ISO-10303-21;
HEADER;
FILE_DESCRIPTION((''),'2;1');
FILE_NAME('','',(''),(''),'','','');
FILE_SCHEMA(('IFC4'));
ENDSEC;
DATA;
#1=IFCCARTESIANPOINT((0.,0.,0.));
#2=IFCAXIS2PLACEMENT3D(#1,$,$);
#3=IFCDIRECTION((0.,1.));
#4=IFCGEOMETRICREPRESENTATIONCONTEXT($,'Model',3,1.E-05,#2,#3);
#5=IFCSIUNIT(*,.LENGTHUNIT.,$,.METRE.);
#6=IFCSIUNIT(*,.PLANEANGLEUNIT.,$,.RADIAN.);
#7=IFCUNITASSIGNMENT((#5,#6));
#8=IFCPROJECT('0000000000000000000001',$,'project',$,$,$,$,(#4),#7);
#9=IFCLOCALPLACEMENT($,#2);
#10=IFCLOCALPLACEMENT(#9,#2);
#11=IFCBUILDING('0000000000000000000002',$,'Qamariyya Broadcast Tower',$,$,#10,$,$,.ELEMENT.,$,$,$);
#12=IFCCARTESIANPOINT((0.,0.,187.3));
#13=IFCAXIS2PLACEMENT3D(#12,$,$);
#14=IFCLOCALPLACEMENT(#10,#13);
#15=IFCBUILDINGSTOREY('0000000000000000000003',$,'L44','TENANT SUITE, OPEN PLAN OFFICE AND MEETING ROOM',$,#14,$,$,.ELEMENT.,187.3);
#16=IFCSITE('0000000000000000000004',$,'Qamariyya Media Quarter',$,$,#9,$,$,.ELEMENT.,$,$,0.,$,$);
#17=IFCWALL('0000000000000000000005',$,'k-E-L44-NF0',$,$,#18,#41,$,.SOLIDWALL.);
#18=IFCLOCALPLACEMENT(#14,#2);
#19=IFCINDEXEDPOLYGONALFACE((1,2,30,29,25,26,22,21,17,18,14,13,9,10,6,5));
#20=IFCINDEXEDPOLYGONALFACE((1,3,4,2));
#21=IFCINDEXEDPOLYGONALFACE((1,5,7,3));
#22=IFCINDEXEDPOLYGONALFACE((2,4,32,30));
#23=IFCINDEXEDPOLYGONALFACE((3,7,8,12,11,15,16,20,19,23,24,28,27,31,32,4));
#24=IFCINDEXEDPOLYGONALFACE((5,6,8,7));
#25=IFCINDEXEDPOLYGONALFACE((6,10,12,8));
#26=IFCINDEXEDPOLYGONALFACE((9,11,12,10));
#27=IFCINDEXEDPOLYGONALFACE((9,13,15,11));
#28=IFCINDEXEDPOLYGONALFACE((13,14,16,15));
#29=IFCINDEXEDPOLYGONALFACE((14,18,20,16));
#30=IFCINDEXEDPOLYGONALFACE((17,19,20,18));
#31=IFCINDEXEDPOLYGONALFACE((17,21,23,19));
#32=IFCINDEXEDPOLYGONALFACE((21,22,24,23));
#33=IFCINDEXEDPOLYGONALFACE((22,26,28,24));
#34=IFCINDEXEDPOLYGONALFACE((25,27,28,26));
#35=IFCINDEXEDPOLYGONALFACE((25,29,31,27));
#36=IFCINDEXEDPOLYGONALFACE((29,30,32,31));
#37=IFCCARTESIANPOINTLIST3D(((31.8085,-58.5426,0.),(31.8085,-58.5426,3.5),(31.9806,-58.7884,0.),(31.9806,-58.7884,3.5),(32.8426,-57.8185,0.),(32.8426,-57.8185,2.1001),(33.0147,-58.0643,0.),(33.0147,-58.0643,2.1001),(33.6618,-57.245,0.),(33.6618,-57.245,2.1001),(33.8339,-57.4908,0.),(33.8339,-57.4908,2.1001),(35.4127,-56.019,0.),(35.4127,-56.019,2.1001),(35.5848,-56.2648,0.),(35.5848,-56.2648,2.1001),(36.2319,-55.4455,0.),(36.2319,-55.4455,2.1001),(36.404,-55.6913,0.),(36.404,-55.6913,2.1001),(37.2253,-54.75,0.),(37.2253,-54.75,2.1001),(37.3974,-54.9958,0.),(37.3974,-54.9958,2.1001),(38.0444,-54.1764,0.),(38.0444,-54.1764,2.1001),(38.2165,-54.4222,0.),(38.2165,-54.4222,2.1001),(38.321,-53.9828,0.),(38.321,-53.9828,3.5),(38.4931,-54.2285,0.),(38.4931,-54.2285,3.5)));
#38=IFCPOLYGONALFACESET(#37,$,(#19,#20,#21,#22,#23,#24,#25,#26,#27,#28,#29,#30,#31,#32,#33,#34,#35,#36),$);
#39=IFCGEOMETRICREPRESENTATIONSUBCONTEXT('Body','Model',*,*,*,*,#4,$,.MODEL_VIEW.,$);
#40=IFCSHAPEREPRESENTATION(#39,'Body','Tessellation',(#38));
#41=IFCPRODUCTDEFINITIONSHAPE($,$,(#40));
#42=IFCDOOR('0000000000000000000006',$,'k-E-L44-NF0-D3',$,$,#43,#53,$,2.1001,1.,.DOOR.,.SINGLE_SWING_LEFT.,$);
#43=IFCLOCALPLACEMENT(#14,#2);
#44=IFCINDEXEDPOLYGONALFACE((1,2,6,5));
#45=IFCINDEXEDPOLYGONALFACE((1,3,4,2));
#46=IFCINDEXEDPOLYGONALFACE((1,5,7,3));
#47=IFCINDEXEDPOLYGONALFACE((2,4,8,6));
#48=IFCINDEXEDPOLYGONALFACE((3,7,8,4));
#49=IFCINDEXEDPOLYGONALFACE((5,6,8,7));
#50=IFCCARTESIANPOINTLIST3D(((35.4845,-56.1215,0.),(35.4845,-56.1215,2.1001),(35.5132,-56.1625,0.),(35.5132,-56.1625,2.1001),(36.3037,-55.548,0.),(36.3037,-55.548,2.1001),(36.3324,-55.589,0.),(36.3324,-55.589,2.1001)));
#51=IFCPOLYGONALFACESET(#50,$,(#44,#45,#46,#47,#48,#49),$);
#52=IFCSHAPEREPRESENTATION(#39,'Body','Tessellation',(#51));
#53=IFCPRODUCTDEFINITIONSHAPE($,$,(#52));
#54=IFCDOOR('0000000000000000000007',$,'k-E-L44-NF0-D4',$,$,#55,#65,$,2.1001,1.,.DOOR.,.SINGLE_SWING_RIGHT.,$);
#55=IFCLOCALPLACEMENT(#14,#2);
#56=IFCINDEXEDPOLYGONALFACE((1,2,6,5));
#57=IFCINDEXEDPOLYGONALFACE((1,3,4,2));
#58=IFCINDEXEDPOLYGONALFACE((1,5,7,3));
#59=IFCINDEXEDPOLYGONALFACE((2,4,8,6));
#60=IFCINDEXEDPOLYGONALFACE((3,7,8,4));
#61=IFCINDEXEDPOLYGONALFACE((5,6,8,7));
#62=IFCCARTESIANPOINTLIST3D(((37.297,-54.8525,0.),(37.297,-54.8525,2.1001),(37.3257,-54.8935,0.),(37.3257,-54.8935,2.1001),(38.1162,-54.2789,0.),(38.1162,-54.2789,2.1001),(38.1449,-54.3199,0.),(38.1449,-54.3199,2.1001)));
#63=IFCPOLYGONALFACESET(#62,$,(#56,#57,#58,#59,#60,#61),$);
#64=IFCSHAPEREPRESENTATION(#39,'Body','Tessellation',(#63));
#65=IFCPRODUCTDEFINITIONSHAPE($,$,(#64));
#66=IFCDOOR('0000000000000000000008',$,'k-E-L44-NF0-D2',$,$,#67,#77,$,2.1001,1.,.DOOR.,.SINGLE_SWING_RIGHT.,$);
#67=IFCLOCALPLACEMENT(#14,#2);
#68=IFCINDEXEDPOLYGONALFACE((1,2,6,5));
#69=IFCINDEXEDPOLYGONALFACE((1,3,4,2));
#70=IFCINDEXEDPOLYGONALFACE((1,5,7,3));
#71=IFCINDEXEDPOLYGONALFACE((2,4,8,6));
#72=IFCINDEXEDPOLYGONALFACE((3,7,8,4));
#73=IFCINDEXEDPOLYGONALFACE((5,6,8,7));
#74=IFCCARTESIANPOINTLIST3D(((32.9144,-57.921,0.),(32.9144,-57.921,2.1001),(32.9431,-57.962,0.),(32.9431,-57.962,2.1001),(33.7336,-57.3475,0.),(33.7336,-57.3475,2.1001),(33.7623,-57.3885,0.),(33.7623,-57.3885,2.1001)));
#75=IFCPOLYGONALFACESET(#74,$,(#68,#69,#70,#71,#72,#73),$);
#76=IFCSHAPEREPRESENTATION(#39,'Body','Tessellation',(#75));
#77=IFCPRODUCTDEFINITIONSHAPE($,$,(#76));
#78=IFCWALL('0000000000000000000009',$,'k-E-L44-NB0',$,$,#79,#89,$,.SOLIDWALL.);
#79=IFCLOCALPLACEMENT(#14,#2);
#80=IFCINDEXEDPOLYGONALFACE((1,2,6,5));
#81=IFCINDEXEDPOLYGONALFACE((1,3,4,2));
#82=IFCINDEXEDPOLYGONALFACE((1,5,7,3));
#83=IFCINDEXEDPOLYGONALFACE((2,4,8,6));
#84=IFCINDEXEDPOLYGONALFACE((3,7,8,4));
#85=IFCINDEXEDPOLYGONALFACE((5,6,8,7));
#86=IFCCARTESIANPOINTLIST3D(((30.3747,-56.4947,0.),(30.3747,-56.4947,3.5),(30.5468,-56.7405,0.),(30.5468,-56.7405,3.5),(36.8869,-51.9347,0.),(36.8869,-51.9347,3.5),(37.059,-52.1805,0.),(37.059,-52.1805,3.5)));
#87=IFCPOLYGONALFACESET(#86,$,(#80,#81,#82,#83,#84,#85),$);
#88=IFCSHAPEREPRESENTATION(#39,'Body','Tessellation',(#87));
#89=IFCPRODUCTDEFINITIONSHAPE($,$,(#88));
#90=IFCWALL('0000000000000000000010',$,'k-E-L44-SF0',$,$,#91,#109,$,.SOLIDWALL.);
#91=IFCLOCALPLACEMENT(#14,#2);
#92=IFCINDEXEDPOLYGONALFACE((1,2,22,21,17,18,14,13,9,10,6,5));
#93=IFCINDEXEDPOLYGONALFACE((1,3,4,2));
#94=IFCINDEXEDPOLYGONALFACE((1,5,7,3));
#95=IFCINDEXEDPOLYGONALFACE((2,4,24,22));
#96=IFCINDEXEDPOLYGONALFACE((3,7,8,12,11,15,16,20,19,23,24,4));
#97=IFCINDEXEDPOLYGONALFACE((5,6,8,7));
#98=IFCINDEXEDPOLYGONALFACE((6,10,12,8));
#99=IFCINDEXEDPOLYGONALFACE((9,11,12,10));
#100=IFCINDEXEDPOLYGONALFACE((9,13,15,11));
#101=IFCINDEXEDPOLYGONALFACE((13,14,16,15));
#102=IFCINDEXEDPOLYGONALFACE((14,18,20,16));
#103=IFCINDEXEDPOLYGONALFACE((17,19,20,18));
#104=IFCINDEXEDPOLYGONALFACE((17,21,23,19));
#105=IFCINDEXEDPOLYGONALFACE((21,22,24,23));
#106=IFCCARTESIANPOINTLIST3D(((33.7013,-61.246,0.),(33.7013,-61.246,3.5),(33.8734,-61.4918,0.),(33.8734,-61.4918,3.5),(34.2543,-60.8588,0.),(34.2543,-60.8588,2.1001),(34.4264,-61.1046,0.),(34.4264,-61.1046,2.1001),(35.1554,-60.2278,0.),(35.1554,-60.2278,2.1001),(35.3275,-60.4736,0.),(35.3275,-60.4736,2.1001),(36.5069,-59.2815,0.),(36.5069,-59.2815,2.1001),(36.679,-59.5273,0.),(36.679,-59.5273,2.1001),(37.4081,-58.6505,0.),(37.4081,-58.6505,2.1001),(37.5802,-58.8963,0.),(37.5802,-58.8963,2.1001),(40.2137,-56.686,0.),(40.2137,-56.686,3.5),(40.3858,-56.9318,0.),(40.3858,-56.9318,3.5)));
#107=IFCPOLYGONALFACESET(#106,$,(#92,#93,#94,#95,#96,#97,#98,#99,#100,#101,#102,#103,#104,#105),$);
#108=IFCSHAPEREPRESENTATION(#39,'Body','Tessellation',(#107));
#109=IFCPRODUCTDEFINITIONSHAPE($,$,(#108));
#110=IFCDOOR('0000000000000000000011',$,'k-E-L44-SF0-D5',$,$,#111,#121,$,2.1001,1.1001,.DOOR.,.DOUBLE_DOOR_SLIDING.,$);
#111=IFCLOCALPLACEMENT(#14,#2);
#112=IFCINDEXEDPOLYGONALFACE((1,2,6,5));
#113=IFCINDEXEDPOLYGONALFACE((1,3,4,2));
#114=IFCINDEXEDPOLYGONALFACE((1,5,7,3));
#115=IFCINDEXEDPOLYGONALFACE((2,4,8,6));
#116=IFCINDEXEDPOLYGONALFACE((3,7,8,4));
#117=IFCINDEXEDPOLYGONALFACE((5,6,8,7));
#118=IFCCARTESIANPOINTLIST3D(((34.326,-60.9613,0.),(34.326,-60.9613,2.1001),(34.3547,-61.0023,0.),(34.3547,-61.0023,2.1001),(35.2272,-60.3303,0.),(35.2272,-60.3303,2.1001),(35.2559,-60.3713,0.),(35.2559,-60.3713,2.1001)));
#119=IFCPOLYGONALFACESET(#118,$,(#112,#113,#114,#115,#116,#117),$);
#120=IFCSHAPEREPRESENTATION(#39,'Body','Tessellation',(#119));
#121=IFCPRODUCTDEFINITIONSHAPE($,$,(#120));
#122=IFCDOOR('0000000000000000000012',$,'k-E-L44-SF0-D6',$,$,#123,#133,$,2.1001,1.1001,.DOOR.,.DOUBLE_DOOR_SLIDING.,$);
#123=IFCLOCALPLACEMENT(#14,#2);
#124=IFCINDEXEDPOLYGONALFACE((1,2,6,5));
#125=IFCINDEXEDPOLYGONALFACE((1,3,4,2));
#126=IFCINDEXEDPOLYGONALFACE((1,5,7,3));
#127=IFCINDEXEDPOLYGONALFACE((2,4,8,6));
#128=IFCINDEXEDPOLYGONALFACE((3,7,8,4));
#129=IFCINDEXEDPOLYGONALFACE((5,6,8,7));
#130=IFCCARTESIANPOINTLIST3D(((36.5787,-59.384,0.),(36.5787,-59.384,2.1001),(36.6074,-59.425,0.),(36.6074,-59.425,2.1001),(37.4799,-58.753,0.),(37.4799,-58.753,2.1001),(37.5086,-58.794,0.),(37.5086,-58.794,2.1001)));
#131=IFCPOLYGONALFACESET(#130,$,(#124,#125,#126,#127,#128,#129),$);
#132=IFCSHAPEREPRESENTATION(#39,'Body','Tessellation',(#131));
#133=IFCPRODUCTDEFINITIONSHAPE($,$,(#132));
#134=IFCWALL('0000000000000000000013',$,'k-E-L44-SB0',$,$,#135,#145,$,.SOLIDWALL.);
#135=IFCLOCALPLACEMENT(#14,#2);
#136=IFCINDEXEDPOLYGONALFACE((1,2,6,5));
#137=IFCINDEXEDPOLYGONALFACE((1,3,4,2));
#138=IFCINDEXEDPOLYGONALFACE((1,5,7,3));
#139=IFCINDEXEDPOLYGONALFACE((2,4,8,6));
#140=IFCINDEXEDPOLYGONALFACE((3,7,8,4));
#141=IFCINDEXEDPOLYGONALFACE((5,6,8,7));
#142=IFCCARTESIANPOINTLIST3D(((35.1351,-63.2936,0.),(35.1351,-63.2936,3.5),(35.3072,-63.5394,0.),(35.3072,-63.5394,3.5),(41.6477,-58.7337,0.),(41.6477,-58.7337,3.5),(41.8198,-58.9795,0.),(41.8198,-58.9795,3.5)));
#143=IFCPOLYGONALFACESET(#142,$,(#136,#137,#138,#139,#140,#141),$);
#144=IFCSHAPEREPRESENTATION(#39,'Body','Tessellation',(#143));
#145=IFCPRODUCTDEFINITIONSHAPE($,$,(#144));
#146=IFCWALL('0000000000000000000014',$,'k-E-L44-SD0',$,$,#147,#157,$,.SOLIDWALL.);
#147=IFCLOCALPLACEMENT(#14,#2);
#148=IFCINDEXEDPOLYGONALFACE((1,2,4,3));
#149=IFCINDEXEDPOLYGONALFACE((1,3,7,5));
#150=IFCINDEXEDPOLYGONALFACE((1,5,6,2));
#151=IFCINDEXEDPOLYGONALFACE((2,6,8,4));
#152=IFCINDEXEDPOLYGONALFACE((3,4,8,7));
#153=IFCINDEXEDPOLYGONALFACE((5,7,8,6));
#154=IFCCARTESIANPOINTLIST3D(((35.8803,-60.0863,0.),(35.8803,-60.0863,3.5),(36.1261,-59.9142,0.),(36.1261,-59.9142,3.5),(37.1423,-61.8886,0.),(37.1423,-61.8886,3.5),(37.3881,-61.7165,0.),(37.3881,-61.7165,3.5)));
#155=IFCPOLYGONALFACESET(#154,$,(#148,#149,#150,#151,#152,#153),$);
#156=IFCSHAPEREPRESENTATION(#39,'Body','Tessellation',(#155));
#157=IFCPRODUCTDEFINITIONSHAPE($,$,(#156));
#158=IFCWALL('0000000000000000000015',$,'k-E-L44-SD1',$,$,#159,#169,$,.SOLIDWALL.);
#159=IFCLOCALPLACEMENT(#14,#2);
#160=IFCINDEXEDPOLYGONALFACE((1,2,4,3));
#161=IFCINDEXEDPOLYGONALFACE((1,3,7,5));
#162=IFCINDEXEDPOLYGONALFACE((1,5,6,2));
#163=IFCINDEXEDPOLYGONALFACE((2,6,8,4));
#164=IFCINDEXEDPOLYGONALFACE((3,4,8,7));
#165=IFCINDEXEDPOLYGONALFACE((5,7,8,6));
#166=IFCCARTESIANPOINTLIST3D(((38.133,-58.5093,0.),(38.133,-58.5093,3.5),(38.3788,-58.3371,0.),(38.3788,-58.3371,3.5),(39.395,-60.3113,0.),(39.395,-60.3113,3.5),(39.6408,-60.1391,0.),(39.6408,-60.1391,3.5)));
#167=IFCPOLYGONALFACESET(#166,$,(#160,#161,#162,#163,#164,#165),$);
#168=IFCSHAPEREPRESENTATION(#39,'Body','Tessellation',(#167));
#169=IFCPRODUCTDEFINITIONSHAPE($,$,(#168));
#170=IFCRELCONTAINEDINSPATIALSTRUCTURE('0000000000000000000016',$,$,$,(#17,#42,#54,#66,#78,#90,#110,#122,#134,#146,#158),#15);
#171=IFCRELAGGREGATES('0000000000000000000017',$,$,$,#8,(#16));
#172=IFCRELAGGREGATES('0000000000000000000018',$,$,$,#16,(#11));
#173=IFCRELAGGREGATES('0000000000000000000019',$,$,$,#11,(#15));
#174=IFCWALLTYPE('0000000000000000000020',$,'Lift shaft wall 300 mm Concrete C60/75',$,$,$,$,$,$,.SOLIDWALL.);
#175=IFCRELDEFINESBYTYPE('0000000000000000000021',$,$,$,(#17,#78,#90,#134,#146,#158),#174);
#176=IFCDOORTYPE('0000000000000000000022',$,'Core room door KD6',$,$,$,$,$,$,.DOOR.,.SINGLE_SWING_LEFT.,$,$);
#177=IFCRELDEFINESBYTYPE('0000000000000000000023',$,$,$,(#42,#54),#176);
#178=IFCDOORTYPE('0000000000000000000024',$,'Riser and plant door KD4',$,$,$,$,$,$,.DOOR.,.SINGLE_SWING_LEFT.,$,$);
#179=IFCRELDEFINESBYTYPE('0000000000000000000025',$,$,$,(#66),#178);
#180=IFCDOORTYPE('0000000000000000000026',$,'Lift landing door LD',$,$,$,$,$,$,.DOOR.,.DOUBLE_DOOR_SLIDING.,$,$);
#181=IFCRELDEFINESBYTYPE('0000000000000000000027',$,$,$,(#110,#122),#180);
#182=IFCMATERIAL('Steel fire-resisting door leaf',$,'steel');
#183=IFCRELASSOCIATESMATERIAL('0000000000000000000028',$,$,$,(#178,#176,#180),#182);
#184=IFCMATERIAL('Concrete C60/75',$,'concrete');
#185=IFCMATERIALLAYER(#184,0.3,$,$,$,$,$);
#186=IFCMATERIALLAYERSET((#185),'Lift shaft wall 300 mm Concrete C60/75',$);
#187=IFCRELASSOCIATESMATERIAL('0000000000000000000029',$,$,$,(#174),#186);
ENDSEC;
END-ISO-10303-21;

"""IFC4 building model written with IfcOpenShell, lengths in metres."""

from ifc_helpers import new_model, si_unit, direction, frame, frame_2d, origin, place, context, subcontext, project, spatial, rectangle, extrude, material, layer, layer_set, type_object, element, fill, save


model = new_model("IFC4")

# Units and contexts
model_context = context("Model", 3, precision=1e-05, world=origin(), true_north=direction((0.0, 1.0)))
body_context = subcontext(model_context, "Body", "Model", "MODEL_VIEW")
ifc_project = project(units=[si_unit("LENGTHUNIT", "METRE"), si_unit("PLANEANGLEUNIT", "RADIAN")], contexts=[model_context])

# Site, building, storey
site_placement = place(None, origin())
site = spatial("IfcSite", under=ifc_project, at=site_placement, Name="Qamariyya Media Quarter", CompositionType="ELEMENT", RefElevation=0.0)
building_placement = place(site_placement, origin())
building = spatial("IfcBuilding", under=site, at=building_placement, Name="Qamariyya Broadcast Tower", CompositionType="ELEMENT")
storey_placement = place(building_placement, frame((0.0, 0.0, 187.3)))
storey = spatial("IfcBuildingStorey", under=building, at=storey_placement, Name="L44", Description="TENANT SUITE, OPEN PLAN OFFICE AND MEETING ROOM", CompositionType="ELEMENT", Elevation=187.3)

# Shared definitions
ifc_material_1 = material(Name="Concrete C60/75", Category="concrete")

# Shared definitions
ifc_material_2 = material(Name="Steel fire-resisting door leaf", Category="steel")

# Shared definitions
door_type_1 = type_object("IfcDoorType", Name="Riser and plant door KD4", OperationType="SINGLE_SWING_LEFT", PredefinedType="DOOR", material=ifc_material_2)

# Wall, openings, doors
ifc_layer_1 = layer(ifc_material_1, 0.3)
ifc_layer_set_1 = layer_set([ifc_layer_1], Name="Lift shaft wall 300 mm Concrete C60/75")
wall_type_1 = type_object("IfcWallType", Name="Lift shaft wall 300 mm Concrete C60/75", PredefinedType="SOLIDWALL", material=ifc_layer_set_1)
wall_1_placement = place(storey_placement, frame((31.8945, -58.6655, 0.0), z_axis=(0.0, 0.0, 1.0), x_axis=(0.819167, 0.573555, 0.0)))
wall_1 = element("IfcWall", 1, at=wall_1_placement, inside=storey, type_object=wall_type_1, Name="k-E-L44-NF0", PredefinedType="SOLIDWALL", context=body_context, shape_type="SweptSolid", body=[
    extrude(rectangle(XDim=7.9502, YDim=0.3, at=frame_2d((3.9751, 0.0))), origin(), (0.0, 0.0, 1.0), 3.5),
])
opening_1_placement = place(wall_1_placement, frame((1.2625, 0.0, 0.0)))
opening_1 = element("IfcOpeningElement", 2, at=opening_1_placement, cuts=wall_1, PredefinedType="OPENING", context=body_context, shape_type="SweptSolid", body=[
    extrude(rectangle(XDim=1.0, YDim=2.1001, at=frame_2d((0.5, 1.05))), frame((0.0, 0.1599, 0.0), z_axis=(0.0, -1.0, 0.0), x_axis=(1.0, 0.0, 0.0)), (0.0, 0.0, 1.0), 0.3201),
])
opening_2_placement = place(wall_1_placement, frame((4.3999, 0.0, 0.0)))
opening_2 = element("IfcOpeningElement", 3, at=opening_2_placement, cuts=wall_1, PredefinedType="OPENING", context=body_context, shape_type="SweptSolid", body=[
    extrude(rectangle(XDim=1.0, YDim=2.1001, at=frame_2d((0.5, 1.05))), frame((0.0, 0.1599, 0.0), z_axis=(0.0, -1.0, 0.0), x_axis=(1.0, 0.0, 0.0)), (0.0, 0.0, 1.0), 0.3201),
])
opening_3_placement = place(wall_1_placement, frame((6.6125, 0.0, 0.0)))
opening_3 = element("IfcOpeningElement", 4, at=opening_3_placement, cuts=wall_1, PredefinedType="OPENING", context=body_context, shape_type="SweptSolid", body=[
    extrude(rectangle(XDim=1.0, YDim=2.1001, at=frame_2d((0.5, 1.05))), frame((0.0, 0.1599, 0.0), z_axis=(0.0, -1.0, 0.0), x_axis=(1.0, 0.0, 0.0)), (0.0, 0.0, 1.0), 0.3201),
])
door_type_2 = type_object("IfcDoorType", Name="Core room door KD6", OperationType="SINGLE_SWING_LEFT", PredefinedType="DOOR", material=ifc_material_2)
door_1_placement = place(opening_2_placement, origin())
door_1 = element("IfcDoor", 5, at=door_1_placement, inside=storey, type_object=door_type_2, Name="k-E-L44-NF0-D3", OperationType="SINGLE_SWING_LEFT", OverallHeight=2.1001, OverallWidth=1.0, PredefinedType="DOOR", context=body_context, shape_type="SweptSolid", body=[
    extrude(rectangle(XDim=1.0, YDim=2.1001, at=frame_2d((0.5, 1.05))), frame((0.0, 0.0249, 0.0), z_axis=(0.0, -1.0, 0.0), x_axis=(1.0, 0.0, 0.0)), (0.0, 0.0, 1.0), 0.05),
])
fill(opening_2, door_1)
door_2_placement = place(opening_3_placement, origin())
door_2 = element("IfcDoor", 6, at=door_2_placement, inside=storey, type_object=door_type_2, Name="k-E-L44-NF0-D4", OperationType="SINGLE_SWING_RIGHT", OverallHeight=2.1001, OverallWidth=1.0, PredefinedType="DOOR", context=body_context, shape_type="SweptSolid", body=[
    extrude(rectangle(XDim=1.0, YDim=2.1001, at=frame_2d((0.5, 1.05))), frame((0.0, 0.0249, 0.0), z_axis=(0.0, -1.0, 0.0), x_axis=(1.0, 0.0, 0.0)), (0.0, 0.0, 1.0), 0.05),
])
fill(opening_3, door_2)
door_3_placement = place(opening_1_placement, origin())
door_3 = element("IfcDoor", 7, at=door_3_placement, inside=storey, type_object=door_type_1, Name="k-E-L44-NF0-D2", OperationType="SINGLE_SWING_RIGHT", OverallHeight=2.1001, OverallWidth=1.0, PredefinedType="DOOR", context=body_context, shape_type="SweptSolid", body=[
    extrude(rectangle(XDim=1.0, YDim=2.1001, at=frame_2d((0.5, 1.05))), frame((0.0, 0.0249, 0.0), z_axis=(0.0, -1.0, 0.0), x_axis=(1.0, 0.0, 0.0)), (0.0, 0.0, 1.0), 0.05),
])
fill(opening_1, door_3)

# Wall
wall_2_placement = place(storey_placement, frame((30.4607, -56.6177, 0.0), z_axis=(0.0, 0.0, 1.0), x_axis=(0.819142, 0.57359, 0.0)))
element("IfcWall", 8, at=wall_2_placement, inside=storey, type_object=wall_type_1, Name="k-E-L44-NB0", PredefinedType="SOLIDWALL", context=body_context, shape_type="SweptSolid", body=[
    extrude(rectangle(XDim=7.95, YDim=0.3, at=frame_2d((3.9751, 0.0))), origin(), (0.0, 0.0, 1.0), 3.5),
])

# Wall, openings, doors
wall_3_placement = place(storey_placement, frame((33.7874, -61.3689, 0.0), z_axis=(0.0, 0.0, 1.0), x_axis=(0.819153, 0.573576, 0.0)))
wall_3 = element("IfcWall", 9, at=wall_3_placement, inside=storey, type_object=wall_type_1, Name="k-E-L44-SF0", PredefinedType="SOLIDWALL", context=body_context, shape_type="SweptSolid", body=[
    extrude(rectangle(XDim=7.9502, YDim=0.3, at=frame_2d((3.9751, 0.0))), origin(), (0.0, 0.0, 1.0), 3.5),
])
opening_4_placement = place(wall_3_placement, frame((0.675, 0.0, 0.0)))
opening_4 = element("IfcOpeningElement", 10, at=opening_4_placement, cuts=wall_3, PredefinedType="OPENING", context=body_context, shape_type="SweptSolid", body=[
    extrude(rectangle(XDim=1.1001, YDim=2.1001, at=frame_2d((0.55, 1.05))), frame((0.0, 0.1599, 0.0), z_axis=(0.0, -1.0, 0.0), x_axis=(1.0, 0.0, 0.0)), (0.0, 0.0, 1.0), 0.3201),
])
opening_5_placement = place(wall_3_placement, frame((3.425, 0.0, 0.0)))
opening_5 = element("IfcOpeningElement", 11, at=opening_5_placement, cuts=wall_3, PredefinedType="OPENING", context=body_context, shape_type="SweptSolid", body=[
    extrude(rectangle(XDim=1.1001, YDim=2.1001, at=frame_2d((0.55, 1.05))), frame((0.0, 0.1599, 0.0), z_axis=(0.0, -1.0, 0.0), x_axis=(1.0, 0.0, 0.0)), (0.0, 0.0, 1.0), 0.3201),
])
door_type_3 = type_object("IfcDoorType", Name="Lift landing door LD", OperationType="DOUBLE_DOOR_SLIDING", PredefinedType="DOOR", material=ifc_material_2)
door_4_placement = place(opening_4_placement, origin())
door_4 = element("IfcDoor", 12, at=door_4_placement, inside=storey, type_object=door_type_3, Name="k-E-L44-SF0-D5", OperationType="DOUBLE_DOOR_SLIDING", OverallHeight=2.1001, OverallWidth=1.1001, PredefinedType="DOOR", context=body_context, shape_type="SweptSolid", body=[
    extrude(rectangle(XDim=1.1001, YDim=2.1001, at=frame_2d((0.55, 1.05))), frame((0.0, 0.0249, 0.0), z_axis=(0.0, -1.0, 0.0), x_axis=(1.0, 0.0, 0.0)), (0.0, 0.0, 1.0), 0.05),
])
fill(opening_4, door_4)
door_5_placement = place(opening_5_placement, origin())
door_5 = element("IfcDoor", 13, at=door_5_placement, inside=storey, type_object=door_type_3, Name="k-E-L44-SF0-D6", OperationType="DOUBLE_DOOR_SLIDING", OverallHeight=2.1001, OverallWidth=1.1001, PredefinedType="DOOR", context=body_context, shape_type="SweptSolid", body=[
    extrude(rectangle(XDim=1.1001, YDim=2.1001, at=frame_2d((0.55, 1.05))), frame((0.0, 0.0249, 0.0), z_axis=(0.0, -1.0, 0.0), x_axis=(1.0, 0.0, 0.0)), (0.0, 0.0, 1.0), 0.05),
])
fill(opening_5, door_5)

# Walls
wall_4_placement = place(storey_placement, frame((35.2212, -63.4165, 0.0), z_axis=(0.0, 0.0, 1.0), x_axis=(0.819167, 0.573555, 0.0)))
element("IfcWall", 14, at=wall_4_placement, inside=storey, type_object=wall_type_1, Name="k-E-L44-SB0", PredefinedType="SOLIDWALL", context=body_context, shape_type="SweptSolid", body=[
    extrude(rectangle(XDim=7.9502, YDim=0.3, at=frame_2d((3.9751, 0.0))), origin(), (0.0, 0.0, 1.0), 3.5),
])
wall_5_placement = place(storey_placement, frame((36.0032, -60.0002, 0.0), z_axis=(0.0, 0.0, 1.0), x_axis=(0.573581, -0.819149, 0.0)))
element("IfcWall", 15, at=wall_5_placement, inside=storey, type_object=wall_type_1, Name="k-E-L44-SD0", PredefinedType="SOLIDWALL", context=body_context, shape_type="SweptSolid", body=[
    extrude(rectangle(XDim=2.2002, YDim=0.3, at=frame_2d((1.1001, 0.0))), origin(), (0.0, 0.0, 1.0), 3.5),
])
wall_6_placement = place(storey_placement, frame((38.2559, -58.4231, 0.0), z_axis=(0.0, 0.0, 1.0), x_axis=(0.573634, -0.819112, 0.0)))
element("IfcWall", 16, at=wall_6_placement, inside=storey, type_object=wall_type_1, Name="k-E-L44-SD1", PredefinedType="SOLIDWALL", context=body_context, shape_type="SweptSolid", body=[
    extrude(rectangle(XDim=2.2, YDim=0.3, at=frame_2d((1.1001, 0.0))), origin(), (0.0, 0.0, 1.0), 3.5),
])

save(model, "model.ifc")
